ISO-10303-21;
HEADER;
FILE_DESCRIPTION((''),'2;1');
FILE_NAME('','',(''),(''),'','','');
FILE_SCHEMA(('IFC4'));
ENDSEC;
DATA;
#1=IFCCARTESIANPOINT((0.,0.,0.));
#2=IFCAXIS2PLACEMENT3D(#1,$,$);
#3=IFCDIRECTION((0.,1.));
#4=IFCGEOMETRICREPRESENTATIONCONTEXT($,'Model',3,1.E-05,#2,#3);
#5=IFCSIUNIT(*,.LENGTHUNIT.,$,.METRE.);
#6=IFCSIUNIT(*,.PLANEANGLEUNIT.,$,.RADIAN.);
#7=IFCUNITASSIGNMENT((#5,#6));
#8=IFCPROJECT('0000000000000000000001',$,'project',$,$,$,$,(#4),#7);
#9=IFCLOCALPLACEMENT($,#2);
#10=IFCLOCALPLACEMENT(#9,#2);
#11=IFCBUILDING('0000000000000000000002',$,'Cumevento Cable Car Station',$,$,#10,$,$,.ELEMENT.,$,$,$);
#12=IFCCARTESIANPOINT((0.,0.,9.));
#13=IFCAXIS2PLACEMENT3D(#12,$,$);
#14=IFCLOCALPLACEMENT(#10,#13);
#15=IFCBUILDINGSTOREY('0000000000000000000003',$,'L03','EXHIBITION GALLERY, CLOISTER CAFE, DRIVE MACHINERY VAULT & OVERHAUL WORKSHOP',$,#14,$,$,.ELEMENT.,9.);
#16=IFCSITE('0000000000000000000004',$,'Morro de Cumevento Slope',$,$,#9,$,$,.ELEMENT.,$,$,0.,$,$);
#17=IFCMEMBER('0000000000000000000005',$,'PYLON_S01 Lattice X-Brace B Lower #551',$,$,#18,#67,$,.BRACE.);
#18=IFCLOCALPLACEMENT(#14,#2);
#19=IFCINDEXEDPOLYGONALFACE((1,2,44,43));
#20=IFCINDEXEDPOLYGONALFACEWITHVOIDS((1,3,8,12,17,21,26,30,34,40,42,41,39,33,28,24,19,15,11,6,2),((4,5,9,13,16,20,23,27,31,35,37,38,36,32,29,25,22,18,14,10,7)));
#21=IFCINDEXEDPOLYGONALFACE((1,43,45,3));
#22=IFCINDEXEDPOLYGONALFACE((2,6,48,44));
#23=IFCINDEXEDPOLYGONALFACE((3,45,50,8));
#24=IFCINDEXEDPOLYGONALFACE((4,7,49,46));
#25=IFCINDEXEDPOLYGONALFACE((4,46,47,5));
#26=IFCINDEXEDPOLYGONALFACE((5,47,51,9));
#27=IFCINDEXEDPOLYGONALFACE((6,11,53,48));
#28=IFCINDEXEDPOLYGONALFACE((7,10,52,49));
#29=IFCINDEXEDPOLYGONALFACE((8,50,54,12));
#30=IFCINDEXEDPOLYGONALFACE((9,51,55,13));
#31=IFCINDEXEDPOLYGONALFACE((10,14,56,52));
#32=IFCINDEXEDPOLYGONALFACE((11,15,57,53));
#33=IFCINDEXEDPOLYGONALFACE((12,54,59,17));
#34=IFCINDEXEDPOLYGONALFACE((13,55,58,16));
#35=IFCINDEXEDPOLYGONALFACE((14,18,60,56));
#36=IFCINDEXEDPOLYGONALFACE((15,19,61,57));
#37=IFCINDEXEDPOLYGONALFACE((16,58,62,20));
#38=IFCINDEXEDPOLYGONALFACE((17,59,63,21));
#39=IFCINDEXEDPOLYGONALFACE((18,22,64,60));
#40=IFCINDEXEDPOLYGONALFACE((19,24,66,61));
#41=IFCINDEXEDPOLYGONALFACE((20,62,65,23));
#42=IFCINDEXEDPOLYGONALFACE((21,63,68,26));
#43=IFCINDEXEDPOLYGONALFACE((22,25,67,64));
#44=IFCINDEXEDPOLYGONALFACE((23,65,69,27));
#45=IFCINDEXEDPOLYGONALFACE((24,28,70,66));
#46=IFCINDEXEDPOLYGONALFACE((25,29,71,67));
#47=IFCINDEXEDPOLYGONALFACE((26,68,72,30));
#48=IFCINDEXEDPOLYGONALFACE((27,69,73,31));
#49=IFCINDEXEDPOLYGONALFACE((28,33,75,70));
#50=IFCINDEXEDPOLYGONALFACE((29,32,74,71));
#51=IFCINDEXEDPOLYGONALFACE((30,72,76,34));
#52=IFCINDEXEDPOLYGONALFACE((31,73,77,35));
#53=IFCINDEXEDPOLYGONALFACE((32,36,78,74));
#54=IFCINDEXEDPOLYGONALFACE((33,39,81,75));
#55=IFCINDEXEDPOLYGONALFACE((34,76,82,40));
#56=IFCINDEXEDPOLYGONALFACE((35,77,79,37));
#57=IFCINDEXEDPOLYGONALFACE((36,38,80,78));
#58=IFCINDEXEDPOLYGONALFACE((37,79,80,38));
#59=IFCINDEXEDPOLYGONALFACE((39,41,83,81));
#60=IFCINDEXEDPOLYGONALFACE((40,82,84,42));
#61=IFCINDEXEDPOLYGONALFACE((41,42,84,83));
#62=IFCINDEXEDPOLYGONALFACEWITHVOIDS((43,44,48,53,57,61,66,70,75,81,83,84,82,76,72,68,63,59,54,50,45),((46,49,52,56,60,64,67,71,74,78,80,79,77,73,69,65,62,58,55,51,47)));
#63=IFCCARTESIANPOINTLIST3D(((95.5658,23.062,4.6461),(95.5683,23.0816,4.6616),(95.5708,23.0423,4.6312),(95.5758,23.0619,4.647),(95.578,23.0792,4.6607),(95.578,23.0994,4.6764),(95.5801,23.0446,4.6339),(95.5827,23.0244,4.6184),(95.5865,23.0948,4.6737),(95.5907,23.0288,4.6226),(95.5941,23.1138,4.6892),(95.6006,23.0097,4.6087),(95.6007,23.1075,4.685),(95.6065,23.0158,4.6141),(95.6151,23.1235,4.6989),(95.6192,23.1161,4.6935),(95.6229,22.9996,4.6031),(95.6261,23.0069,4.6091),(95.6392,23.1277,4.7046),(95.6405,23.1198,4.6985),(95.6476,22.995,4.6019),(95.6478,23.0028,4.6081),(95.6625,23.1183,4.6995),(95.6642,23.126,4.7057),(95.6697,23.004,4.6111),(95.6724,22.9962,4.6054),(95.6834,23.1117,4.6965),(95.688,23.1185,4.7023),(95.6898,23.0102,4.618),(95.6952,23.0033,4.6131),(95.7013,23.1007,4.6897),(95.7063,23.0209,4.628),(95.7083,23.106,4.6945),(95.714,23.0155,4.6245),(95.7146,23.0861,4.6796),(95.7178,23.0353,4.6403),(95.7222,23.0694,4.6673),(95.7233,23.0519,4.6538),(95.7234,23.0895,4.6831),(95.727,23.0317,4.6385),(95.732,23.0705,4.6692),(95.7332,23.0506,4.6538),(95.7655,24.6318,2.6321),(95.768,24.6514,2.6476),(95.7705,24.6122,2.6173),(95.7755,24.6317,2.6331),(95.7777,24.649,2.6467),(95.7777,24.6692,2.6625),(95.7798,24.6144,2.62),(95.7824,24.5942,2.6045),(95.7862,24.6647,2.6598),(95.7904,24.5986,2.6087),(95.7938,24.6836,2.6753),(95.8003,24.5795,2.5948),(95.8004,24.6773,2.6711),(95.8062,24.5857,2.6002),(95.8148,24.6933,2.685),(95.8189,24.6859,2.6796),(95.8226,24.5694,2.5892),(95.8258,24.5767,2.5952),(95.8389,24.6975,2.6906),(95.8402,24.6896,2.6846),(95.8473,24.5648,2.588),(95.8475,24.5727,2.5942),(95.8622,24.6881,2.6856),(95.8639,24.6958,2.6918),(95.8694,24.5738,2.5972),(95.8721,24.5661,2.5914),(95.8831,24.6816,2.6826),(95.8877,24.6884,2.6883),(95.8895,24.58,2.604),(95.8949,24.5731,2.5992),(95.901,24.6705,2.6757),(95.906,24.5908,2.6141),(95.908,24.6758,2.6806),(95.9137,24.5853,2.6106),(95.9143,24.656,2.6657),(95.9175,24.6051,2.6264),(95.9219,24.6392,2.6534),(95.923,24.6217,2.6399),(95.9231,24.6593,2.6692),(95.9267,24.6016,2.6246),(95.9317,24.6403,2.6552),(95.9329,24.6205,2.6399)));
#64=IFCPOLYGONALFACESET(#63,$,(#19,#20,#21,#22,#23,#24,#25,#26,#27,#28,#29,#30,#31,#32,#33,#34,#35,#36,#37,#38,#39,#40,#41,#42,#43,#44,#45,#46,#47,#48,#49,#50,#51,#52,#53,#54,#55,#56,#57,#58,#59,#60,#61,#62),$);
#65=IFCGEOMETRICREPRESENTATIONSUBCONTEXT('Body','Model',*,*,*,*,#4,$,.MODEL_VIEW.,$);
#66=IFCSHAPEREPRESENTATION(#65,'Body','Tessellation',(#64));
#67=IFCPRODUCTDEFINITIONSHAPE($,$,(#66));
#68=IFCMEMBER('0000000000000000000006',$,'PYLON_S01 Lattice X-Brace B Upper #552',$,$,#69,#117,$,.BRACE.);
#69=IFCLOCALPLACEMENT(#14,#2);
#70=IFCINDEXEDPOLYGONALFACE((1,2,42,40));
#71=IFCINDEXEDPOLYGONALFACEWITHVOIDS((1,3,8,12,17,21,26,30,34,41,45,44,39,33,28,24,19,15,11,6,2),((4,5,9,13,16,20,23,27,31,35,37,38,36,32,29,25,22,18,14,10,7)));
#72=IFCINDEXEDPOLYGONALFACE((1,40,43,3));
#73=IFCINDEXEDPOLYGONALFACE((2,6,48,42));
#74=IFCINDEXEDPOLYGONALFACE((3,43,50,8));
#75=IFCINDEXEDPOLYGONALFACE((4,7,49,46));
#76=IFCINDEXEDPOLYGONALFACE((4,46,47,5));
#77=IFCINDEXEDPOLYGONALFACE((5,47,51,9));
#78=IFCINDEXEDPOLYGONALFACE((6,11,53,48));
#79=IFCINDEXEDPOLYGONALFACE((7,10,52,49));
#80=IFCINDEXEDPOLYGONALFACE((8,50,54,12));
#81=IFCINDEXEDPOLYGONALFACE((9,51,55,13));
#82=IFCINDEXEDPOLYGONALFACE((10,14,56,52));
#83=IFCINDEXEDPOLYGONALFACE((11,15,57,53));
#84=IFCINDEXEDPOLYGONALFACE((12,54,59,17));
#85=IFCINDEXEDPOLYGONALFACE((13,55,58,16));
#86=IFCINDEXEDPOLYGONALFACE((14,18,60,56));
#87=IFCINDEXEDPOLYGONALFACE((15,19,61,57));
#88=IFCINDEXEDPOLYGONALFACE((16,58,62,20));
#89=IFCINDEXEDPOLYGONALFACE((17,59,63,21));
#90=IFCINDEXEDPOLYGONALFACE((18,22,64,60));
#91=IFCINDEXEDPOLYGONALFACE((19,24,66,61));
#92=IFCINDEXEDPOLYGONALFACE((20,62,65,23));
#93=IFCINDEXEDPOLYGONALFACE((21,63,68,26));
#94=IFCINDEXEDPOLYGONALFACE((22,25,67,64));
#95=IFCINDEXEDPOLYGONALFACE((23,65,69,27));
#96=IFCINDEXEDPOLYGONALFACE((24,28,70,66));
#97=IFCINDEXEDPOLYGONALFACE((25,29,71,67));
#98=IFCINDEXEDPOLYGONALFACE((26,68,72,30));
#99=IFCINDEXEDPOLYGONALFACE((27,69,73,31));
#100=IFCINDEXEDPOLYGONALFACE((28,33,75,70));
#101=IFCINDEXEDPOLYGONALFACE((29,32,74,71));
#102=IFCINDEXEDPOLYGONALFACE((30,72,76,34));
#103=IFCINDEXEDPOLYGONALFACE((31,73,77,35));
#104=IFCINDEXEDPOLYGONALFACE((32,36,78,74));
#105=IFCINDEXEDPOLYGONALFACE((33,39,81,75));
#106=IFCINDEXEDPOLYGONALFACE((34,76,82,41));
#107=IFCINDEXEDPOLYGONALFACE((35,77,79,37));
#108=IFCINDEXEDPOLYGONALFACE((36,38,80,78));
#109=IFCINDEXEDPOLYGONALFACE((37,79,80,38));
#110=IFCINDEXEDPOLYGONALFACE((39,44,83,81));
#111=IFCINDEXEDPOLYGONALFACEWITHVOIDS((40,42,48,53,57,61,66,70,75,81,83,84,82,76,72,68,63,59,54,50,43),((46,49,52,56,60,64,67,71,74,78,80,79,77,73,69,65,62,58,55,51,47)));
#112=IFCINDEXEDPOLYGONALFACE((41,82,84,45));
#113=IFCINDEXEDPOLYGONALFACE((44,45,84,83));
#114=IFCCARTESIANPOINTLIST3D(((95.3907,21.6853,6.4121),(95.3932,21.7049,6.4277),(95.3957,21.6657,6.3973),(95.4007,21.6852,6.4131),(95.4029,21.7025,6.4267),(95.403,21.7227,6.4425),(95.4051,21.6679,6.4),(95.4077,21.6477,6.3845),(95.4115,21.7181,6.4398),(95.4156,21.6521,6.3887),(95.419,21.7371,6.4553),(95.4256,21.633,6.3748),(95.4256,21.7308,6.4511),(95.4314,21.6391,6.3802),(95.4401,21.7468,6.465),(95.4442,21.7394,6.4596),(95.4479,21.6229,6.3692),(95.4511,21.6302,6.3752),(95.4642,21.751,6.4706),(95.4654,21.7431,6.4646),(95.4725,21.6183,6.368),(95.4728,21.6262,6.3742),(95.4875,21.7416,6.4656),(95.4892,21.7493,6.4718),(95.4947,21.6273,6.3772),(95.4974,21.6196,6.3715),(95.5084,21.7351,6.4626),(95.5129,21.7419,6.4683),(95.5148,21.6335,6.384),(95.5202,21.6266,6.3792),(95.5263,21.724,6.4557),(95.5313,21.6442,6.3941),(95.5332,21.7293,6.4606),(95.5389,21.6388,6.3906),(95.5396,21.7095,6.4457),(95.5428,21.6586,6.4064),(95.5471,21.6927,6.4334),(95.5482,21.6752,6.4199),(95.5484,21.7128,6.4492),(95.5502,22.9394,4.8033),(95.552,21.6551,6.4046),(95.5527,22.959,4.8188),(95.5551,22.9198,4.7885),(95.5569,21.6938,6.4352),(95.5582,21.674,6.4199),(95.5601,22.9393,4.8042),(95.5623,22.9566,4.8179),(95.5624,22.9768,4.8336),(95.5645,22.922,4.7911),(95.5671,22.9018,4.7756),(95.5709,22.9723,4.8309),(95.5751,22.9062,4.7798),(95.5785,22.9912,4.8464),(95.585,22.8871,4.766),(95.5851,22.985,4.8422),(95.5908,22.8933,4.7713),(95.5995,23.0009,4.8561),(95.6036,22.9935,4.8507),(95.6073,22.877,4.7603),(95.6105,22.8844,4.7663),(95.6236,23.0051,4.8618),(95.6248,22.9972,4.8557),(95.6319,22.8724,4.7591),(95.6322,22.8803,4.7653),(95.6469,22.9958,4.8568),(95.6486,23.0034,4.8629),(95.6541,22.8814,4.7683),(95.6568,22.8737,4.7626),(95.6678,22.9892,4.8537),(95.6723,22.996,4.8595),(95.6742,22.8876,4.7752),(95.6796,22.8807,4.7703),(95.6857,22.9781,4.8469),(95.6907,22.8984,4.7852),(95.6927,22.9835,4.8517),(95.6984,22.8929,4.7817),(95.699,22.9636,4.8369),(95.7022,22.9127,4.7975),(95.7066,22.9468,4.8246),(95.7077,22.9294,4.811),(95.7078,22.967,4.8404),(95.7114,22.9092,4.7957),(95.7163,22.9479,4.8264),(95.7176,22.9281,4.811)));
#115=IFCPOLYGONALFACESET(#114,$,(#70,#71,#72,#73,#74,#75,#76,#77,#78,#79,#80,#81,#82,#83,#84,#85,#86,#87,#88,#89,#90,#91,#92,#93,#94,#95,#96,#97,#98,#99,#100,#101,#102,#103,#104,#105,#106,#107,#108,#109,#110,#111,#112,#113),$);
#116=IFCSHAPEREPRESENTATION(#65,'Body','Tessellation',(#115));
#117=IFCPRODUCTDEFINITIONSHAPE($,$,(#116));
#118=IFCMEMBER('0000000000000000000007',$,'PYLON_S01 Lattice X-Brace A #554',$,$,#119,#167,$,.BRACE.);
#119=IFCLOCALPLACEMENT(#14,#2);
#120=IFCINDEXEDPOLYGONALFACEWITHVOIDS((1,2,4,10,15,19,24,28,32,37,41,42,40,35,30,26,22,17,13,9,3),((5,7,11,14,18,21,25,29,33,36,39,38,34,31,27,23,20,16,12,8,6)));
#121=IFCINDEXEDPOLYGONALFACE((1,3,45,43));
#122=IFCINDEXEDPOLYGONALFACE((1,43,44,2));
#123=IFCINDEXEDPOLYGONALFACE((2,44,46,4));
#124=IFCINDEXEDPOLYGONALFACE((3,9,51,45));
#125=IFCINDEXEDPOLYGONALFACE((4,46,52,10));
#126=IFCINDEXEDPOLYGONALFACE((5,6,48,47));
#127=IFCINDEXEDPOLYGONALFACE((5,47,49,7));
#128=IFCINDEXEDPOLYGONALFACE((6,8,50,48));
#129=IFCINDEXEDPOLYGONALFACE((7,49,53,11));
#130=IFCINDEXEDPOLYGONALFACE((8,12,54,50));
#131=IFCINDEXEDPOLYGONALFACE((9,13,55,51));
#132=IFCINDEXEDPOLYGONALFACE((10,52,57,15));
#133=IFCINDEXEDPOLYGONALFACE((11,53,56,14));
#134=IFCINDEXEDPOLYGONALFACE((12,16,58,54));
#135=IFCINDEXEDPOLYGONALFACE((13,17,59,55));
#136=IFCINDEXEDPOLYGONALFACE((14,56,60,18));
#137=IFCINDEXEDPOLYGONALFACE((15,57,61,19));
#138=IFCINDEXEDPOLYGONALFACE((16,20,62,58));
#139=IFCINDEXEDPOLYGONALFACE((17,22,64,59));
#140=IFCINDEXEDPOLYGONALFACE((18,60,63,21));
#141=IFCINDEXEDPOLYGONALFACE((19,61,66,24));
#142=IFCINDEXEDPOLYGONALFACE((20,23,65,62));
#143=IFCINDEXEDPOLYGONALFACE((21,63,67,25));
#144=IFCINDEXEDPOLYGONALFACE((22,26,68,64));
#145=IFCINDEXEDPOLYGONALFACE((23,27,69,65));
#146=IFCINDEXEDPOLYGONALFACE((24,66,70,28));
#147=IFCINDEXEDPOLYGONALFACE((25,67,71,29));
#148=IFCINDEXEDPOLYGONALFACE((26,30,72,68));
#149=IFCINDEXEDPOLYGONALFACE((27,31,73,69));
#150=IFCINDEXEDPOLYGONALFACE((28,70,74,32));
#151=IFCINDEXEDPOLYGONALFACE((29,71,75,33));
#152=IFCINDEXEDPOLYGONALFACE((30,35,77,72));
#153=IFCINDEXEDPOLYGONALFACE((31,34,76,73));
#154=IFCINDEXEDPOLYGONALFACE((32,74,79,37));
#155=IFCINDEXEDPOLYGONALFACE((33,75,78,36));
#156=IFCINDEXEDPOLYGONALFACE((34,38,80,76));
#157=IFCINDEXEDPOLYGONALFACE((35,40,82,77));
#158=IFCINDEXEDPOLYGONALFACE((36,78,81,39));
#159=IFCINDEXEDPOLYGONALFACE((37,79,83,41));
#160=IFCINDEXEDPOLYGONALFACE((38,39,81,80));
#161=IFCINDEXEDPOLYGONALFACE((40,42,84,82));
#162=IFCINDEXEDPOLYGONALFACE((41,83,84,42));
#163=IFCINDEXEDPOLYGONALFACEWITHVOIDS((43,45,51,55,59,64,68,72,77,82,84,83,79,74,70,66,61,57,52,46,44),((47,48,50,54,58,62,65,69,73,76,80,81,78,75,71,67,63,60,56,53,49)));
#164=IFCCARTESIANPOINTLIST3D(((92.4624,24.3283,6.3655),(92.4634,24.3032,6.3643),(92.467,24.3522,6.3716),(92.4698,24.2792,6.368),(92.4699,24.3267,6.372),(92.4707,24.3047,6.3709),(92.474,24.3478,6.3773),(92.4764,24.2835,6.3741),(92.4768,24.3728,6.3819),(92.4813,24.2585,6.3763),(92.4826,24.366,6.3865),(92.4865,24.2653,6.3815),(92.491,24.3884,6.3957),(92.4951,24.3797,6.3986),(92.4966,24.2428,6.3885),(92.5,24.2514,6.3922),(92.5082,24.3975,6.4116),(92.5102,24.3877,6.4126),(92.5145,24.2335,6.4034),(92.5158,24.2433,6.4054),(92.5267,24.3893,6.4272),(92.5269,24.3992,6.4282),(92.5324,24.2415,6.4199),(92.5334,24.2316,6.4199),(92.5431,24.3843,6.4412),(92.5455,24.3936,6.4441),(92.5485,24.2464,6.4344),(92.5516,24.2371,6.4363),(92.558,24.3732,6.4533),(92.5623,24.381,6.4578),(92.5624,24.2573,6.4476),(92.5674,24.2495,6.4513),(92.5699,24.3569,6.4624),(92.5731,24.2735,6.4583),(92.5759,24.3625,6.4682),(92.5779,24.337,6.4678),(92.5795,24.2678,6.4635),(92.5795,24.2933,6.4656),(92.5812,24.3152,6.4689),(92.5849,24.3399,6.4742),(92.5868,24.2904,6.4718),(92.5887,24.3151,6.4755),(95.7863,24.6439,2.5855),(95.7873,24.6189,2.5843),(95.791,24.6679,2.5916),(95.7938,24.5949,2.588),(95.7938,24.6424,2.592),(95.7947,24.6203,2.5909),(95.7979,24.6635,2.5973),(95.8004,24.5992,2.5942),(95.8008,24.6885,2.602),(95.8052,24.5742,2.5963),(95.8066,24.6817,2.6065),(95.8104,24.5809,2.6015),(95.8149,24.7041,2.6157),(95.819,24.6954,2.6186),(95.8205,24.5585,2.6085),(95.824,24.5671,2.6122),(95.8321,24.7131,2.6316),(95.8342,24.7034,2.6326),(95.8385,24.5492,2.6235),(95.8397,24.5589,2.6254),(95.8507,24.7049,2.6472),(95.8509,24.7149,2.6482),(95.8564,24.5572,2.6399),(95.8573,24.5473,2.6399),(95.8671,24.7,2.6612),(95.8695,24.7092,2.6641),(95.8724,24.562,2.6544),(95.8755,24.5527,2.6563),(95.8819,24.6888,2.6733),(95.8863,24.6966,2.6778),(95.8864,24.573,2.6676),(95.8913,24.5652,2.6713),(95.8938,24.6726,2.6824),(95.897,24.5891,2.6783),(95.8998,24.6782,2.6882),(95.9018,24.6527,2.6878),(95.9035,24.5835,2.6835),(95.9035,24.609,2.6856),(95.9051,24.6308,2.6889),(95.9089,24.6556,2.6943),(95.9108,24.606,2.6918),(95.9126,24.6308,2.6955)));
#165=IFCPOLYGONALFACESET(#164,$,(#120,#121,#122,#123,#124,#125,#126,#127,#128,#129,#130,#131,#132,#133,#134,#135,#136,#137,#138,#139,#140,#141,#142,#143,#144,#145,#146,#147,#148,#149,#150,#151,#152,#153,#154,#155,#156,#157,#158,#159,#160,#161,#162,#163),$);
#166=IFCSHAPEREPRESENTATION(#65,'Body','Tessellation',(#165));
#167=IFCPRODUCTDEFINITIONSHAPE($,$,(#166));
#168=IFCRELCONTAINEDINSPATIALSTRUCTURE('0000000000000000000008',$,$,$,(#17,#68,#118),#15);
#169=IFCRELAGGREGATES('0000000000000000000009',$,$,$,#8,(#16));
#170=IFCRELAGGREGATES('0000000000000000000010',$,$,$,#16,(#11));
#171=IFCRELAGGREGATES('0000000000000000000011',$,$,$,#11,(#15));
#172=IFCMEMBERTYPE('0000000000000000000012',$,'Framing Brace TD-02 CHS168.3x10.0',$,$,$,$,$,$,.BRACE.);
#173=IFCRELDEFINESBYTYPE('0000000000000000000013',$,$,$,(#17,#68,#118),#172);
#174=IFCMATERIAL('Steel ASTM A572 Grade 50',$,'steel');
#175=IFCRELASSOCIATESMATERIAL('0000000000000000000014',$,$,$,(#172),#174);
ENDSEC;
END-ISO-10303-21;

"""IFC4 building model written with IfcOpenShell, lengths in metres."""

from ifc_helpers import new_model, si_unit, direction, frame, origin, origin_2d, place, context, subcontext, project, spatial, hollow_circle, extrude, material, material_profile, profile_set, type_object, element, save


model = new_model("IFC4")

# Units and contexts
model_context = context("Model", 3, precision=1e-05, world=origin(), true_north=direction((0.0, 1.0)))
body_context = subcontext(model_context, "Body", "Model", "MODEL_VIEW")
ifc_project = project(units=[si_unit("LENGTHUNIT", "METRE"), si_unit("PLANEANGLEUNIT", "RADIAN")], contexts=[model_context])

# Site, building, storey
site_placement = place(None, origin())
site = spatial("IfcSite", under=ifc_project, at=site_placement, Name="Morro de Cumevento Slope", CompositionType="ELEMENT", RefElevation=0.0)
building_placement = place(site_placement, origin())
building = spatial("IfcBuilding", under=site, at=building_placement, Name="Cumevento Cable Car Station", CompositionType="ELEMENT")
storey_placement = place(building_placement, frame((0.0, 0.0, 9.0)))
storey = spatial("IfcBuildingStorey", under=building, at=storey_placement, Name="L03", Description="EXHIBITION GALLERY, CLOISTER CAFE, DRIVE MACHINERY VAULT & OVERHAUL WORKSHOP", CompositionType="ELEMENT", Elevation=9.0)

# Members
ifc_material_1 = material(Name="Steel ASTM A572 Grade 50", Category="steel")
ifc_material_profile_1 = material_profile(ifc_material_1, hollow_circle(Radius=0.0842, WallThickness=0.01, at=origin_2d()), Name="CHS168.3x10.0")
ifc_profile_set_1 = profile_set([ifc_material_profile_1], Name="Steel ASTM A572 Grade 50")
member_type_1 = type_object("IfcMemberType", Name="Framing Brace TD-02 CHS168.3x10.0", PredefinedType="BRACE", material=ifc_profile_set_1)
member_1_placement = place(storey_placement, frame((95.8494, 24.6311, 2.6399), z_axis=(-0.077972, -0.612909, 0.786297), x_axis=(0.992005, -0.126199, 0.0)))
element("IfcMember", 1, at=member_1_placement, inside=storey, type_object=member_type_1, Name="PYLON_S01 Lattice X-Brace B Lower #551", PredefinedType="BRACE", context=body_context, shape_type="SweptSolid", body=[
    extrude(hollow_circle(Radius=0.0842, WallThickness=0.01, at=origin_2d()), origin(), (0.0, 0.0, 1.0), 2.5613),
])
member_2_placement = place(storey_placement, frame((95.634, 22.9387, 4.811), z_axis=(-0.077913, -0.612925, 0.786291), x_axis=(0.992017, -0.126102, 0.0)))
element("IfcMember", 2, at=member_2_placement, inside=storey, type_object=member_type_1, Name="PYLON_S01 Lattice X-Brace B Upper #552", PredefinedType="BRACE", context=body_context, shape_type="SweptSolid", body=[
    extrude(hollow_circle(Radius=0.0842, WallThickness=0.01, at=origin_2d()), origin(), (0.0, 0.0, 1.0), 2.0461),
])
member_3_placement = place(storey_placement, frame((95.8494, 24.6311, 2.6399), z_axis=(-0.659059, -0.06259, 0.749483), x_axis=(0.094543, -0.995521, 0.0)))
element("IfcMember", 3, at=member_3_placement, inside=storey, type_object=member_type_1, Name="PYLON_S01 Lattice X-Brace A #554", PredefinedType="BRACE", context=body_context, shape_type="SweptSolid", body=[
    extrude(hollow_circle(Radius=0.0842, WallThickness=0.01, at=origin_2d()), origin(), (0.0, 0.0, 1.0), 5.0435),
])

save(model, "model.ifc")
